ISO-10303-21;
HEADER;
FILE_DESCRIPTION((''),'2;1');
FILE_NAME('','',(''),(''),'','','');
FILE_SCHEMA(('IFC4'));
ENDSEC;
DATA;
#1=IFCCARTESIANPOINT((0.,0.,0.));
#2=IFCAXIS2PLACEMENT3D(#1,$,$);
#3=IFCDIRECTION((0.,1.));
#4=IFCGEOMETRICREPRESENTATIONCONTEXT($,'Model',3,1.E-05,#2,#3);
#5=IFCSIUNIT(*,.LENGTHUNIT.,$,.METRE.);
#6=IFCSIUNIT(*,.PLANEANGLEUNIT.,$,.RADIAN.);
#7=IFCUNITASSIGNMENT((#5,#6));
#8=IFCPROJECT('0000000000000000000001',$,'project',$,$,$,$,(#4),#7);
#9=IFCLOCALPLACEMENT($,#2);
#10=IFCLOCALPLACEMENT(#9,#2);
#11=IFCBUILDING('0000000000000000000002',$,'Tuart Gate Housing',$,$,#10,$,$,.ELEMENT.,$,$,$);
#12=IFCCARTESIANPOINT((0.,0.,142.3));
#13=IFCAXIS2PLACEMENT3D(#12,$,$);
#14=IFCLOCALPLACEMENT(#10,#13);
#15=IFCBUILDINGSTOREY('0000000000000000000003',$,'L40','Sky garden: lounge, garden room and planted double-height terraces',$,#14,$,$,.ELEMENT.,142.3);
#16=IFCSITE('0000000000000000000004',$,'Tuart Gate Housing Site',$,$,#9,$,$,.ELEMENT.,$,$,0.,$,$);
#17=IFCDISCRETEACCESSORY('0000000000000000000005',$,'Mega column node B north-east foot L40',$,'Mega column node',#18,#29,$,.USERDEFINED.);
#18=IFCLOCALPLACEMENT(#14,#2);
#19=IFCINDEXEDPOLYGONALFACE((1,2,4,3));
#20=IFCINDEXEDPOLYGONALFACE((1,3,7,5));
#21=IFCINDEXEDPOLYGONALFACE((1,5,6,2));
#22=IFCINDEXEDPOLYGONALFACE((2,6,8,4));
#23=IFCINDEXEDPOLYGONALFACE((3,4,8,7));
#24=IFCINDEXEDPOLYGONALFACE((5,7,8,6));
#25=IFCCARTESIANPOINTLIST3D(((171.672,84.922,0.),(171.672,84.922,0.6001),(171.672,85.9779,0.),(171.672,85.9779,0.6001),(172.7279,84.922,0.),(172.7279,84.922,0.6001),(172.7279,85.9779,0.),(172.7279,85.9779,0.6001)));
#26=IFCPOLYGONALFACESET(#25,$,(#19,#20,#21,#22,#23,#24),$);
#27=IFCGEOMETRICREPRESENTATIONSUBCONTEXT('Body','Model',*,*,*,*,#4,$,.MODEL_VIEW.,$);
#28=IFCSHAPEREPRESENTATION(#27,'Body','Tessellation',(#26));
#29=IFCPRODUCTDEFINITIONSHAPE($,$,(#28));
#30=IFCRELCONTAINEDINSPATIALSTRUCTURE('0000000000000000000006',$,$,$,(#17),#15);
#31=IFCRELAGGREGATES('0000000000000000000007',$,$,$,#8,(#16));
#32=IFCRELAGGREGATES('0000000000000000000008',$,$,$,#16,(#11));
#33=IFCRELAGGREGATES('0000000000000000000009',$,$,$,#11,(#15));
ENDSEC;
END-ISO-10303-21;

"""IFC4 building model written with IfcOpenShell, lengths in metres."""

from ifc_helpers import new_model, si_unit, direction, frame, origin, origin_2d, place, context, subcontext, project, spatial, rectangle, extrude, element, save


model = new_model("IFC4")

# Units and contexts
model_context = context("Model", 3, precision=1e-05, world=origin(), true_north=direction((0.0, 1.0)))
body_context = subcontext(model_context, "Body", "Model", "MODEL_VIEW")
ifc_project = project(units=[si_unit("LENGTHUNIT", "METRE"), si_unit("PLANEANGLEUNIT", "RADIAN")], contexts=[model_context])

# Site, building, storey
site_placement = place(None, origin())
site = spatial("IfcSite", under=ifc_project, at=site_placement, Name="Tuart Gate Housing Site", CompositionType="ELEMENT", RefElevation=0.0)
building_placement = place(site_placement, origin())
building = spatial("IfcBuilding", under=site, at=building_placement, Name="Tuart Gate Housing", CompositionType="ELEMENT")
storey_placement = place(building_placement, frame((0.0, 0.0, 142.3)))
storey = spatial("IfcBuildingStorey", under=building, at=storey_placement, Name="L40", Description="Sky garden: lounge, garden room and planted double-height terraces", CompositionType="ELEMENT", Elevation=142.3)

# Discrete accessory
discrete_accessory_placement = place(storey_placement, frame((172.2, 85.45, 0.0), z_axis=(0.0, 0.0, 1.0), x_axis=(1.0, 0.0, 0.0)))
element("IfcDiscreteAccessory", 1, at=discrete_accessory_placement, inside=storey, Name="Mega column node B north-east foot L40", ObjectType="Mega column node", PredefinedType="USERDEFINED", context=body_context, shape_type="SweptSolid", body=[
    extrude(rectangle(XDim=1.0559, YDim=1.0559, at=origin_2d()), origin(), (0.0, 0.0, 1.0), 0.6001),
])

save(model, "model.ifc")
